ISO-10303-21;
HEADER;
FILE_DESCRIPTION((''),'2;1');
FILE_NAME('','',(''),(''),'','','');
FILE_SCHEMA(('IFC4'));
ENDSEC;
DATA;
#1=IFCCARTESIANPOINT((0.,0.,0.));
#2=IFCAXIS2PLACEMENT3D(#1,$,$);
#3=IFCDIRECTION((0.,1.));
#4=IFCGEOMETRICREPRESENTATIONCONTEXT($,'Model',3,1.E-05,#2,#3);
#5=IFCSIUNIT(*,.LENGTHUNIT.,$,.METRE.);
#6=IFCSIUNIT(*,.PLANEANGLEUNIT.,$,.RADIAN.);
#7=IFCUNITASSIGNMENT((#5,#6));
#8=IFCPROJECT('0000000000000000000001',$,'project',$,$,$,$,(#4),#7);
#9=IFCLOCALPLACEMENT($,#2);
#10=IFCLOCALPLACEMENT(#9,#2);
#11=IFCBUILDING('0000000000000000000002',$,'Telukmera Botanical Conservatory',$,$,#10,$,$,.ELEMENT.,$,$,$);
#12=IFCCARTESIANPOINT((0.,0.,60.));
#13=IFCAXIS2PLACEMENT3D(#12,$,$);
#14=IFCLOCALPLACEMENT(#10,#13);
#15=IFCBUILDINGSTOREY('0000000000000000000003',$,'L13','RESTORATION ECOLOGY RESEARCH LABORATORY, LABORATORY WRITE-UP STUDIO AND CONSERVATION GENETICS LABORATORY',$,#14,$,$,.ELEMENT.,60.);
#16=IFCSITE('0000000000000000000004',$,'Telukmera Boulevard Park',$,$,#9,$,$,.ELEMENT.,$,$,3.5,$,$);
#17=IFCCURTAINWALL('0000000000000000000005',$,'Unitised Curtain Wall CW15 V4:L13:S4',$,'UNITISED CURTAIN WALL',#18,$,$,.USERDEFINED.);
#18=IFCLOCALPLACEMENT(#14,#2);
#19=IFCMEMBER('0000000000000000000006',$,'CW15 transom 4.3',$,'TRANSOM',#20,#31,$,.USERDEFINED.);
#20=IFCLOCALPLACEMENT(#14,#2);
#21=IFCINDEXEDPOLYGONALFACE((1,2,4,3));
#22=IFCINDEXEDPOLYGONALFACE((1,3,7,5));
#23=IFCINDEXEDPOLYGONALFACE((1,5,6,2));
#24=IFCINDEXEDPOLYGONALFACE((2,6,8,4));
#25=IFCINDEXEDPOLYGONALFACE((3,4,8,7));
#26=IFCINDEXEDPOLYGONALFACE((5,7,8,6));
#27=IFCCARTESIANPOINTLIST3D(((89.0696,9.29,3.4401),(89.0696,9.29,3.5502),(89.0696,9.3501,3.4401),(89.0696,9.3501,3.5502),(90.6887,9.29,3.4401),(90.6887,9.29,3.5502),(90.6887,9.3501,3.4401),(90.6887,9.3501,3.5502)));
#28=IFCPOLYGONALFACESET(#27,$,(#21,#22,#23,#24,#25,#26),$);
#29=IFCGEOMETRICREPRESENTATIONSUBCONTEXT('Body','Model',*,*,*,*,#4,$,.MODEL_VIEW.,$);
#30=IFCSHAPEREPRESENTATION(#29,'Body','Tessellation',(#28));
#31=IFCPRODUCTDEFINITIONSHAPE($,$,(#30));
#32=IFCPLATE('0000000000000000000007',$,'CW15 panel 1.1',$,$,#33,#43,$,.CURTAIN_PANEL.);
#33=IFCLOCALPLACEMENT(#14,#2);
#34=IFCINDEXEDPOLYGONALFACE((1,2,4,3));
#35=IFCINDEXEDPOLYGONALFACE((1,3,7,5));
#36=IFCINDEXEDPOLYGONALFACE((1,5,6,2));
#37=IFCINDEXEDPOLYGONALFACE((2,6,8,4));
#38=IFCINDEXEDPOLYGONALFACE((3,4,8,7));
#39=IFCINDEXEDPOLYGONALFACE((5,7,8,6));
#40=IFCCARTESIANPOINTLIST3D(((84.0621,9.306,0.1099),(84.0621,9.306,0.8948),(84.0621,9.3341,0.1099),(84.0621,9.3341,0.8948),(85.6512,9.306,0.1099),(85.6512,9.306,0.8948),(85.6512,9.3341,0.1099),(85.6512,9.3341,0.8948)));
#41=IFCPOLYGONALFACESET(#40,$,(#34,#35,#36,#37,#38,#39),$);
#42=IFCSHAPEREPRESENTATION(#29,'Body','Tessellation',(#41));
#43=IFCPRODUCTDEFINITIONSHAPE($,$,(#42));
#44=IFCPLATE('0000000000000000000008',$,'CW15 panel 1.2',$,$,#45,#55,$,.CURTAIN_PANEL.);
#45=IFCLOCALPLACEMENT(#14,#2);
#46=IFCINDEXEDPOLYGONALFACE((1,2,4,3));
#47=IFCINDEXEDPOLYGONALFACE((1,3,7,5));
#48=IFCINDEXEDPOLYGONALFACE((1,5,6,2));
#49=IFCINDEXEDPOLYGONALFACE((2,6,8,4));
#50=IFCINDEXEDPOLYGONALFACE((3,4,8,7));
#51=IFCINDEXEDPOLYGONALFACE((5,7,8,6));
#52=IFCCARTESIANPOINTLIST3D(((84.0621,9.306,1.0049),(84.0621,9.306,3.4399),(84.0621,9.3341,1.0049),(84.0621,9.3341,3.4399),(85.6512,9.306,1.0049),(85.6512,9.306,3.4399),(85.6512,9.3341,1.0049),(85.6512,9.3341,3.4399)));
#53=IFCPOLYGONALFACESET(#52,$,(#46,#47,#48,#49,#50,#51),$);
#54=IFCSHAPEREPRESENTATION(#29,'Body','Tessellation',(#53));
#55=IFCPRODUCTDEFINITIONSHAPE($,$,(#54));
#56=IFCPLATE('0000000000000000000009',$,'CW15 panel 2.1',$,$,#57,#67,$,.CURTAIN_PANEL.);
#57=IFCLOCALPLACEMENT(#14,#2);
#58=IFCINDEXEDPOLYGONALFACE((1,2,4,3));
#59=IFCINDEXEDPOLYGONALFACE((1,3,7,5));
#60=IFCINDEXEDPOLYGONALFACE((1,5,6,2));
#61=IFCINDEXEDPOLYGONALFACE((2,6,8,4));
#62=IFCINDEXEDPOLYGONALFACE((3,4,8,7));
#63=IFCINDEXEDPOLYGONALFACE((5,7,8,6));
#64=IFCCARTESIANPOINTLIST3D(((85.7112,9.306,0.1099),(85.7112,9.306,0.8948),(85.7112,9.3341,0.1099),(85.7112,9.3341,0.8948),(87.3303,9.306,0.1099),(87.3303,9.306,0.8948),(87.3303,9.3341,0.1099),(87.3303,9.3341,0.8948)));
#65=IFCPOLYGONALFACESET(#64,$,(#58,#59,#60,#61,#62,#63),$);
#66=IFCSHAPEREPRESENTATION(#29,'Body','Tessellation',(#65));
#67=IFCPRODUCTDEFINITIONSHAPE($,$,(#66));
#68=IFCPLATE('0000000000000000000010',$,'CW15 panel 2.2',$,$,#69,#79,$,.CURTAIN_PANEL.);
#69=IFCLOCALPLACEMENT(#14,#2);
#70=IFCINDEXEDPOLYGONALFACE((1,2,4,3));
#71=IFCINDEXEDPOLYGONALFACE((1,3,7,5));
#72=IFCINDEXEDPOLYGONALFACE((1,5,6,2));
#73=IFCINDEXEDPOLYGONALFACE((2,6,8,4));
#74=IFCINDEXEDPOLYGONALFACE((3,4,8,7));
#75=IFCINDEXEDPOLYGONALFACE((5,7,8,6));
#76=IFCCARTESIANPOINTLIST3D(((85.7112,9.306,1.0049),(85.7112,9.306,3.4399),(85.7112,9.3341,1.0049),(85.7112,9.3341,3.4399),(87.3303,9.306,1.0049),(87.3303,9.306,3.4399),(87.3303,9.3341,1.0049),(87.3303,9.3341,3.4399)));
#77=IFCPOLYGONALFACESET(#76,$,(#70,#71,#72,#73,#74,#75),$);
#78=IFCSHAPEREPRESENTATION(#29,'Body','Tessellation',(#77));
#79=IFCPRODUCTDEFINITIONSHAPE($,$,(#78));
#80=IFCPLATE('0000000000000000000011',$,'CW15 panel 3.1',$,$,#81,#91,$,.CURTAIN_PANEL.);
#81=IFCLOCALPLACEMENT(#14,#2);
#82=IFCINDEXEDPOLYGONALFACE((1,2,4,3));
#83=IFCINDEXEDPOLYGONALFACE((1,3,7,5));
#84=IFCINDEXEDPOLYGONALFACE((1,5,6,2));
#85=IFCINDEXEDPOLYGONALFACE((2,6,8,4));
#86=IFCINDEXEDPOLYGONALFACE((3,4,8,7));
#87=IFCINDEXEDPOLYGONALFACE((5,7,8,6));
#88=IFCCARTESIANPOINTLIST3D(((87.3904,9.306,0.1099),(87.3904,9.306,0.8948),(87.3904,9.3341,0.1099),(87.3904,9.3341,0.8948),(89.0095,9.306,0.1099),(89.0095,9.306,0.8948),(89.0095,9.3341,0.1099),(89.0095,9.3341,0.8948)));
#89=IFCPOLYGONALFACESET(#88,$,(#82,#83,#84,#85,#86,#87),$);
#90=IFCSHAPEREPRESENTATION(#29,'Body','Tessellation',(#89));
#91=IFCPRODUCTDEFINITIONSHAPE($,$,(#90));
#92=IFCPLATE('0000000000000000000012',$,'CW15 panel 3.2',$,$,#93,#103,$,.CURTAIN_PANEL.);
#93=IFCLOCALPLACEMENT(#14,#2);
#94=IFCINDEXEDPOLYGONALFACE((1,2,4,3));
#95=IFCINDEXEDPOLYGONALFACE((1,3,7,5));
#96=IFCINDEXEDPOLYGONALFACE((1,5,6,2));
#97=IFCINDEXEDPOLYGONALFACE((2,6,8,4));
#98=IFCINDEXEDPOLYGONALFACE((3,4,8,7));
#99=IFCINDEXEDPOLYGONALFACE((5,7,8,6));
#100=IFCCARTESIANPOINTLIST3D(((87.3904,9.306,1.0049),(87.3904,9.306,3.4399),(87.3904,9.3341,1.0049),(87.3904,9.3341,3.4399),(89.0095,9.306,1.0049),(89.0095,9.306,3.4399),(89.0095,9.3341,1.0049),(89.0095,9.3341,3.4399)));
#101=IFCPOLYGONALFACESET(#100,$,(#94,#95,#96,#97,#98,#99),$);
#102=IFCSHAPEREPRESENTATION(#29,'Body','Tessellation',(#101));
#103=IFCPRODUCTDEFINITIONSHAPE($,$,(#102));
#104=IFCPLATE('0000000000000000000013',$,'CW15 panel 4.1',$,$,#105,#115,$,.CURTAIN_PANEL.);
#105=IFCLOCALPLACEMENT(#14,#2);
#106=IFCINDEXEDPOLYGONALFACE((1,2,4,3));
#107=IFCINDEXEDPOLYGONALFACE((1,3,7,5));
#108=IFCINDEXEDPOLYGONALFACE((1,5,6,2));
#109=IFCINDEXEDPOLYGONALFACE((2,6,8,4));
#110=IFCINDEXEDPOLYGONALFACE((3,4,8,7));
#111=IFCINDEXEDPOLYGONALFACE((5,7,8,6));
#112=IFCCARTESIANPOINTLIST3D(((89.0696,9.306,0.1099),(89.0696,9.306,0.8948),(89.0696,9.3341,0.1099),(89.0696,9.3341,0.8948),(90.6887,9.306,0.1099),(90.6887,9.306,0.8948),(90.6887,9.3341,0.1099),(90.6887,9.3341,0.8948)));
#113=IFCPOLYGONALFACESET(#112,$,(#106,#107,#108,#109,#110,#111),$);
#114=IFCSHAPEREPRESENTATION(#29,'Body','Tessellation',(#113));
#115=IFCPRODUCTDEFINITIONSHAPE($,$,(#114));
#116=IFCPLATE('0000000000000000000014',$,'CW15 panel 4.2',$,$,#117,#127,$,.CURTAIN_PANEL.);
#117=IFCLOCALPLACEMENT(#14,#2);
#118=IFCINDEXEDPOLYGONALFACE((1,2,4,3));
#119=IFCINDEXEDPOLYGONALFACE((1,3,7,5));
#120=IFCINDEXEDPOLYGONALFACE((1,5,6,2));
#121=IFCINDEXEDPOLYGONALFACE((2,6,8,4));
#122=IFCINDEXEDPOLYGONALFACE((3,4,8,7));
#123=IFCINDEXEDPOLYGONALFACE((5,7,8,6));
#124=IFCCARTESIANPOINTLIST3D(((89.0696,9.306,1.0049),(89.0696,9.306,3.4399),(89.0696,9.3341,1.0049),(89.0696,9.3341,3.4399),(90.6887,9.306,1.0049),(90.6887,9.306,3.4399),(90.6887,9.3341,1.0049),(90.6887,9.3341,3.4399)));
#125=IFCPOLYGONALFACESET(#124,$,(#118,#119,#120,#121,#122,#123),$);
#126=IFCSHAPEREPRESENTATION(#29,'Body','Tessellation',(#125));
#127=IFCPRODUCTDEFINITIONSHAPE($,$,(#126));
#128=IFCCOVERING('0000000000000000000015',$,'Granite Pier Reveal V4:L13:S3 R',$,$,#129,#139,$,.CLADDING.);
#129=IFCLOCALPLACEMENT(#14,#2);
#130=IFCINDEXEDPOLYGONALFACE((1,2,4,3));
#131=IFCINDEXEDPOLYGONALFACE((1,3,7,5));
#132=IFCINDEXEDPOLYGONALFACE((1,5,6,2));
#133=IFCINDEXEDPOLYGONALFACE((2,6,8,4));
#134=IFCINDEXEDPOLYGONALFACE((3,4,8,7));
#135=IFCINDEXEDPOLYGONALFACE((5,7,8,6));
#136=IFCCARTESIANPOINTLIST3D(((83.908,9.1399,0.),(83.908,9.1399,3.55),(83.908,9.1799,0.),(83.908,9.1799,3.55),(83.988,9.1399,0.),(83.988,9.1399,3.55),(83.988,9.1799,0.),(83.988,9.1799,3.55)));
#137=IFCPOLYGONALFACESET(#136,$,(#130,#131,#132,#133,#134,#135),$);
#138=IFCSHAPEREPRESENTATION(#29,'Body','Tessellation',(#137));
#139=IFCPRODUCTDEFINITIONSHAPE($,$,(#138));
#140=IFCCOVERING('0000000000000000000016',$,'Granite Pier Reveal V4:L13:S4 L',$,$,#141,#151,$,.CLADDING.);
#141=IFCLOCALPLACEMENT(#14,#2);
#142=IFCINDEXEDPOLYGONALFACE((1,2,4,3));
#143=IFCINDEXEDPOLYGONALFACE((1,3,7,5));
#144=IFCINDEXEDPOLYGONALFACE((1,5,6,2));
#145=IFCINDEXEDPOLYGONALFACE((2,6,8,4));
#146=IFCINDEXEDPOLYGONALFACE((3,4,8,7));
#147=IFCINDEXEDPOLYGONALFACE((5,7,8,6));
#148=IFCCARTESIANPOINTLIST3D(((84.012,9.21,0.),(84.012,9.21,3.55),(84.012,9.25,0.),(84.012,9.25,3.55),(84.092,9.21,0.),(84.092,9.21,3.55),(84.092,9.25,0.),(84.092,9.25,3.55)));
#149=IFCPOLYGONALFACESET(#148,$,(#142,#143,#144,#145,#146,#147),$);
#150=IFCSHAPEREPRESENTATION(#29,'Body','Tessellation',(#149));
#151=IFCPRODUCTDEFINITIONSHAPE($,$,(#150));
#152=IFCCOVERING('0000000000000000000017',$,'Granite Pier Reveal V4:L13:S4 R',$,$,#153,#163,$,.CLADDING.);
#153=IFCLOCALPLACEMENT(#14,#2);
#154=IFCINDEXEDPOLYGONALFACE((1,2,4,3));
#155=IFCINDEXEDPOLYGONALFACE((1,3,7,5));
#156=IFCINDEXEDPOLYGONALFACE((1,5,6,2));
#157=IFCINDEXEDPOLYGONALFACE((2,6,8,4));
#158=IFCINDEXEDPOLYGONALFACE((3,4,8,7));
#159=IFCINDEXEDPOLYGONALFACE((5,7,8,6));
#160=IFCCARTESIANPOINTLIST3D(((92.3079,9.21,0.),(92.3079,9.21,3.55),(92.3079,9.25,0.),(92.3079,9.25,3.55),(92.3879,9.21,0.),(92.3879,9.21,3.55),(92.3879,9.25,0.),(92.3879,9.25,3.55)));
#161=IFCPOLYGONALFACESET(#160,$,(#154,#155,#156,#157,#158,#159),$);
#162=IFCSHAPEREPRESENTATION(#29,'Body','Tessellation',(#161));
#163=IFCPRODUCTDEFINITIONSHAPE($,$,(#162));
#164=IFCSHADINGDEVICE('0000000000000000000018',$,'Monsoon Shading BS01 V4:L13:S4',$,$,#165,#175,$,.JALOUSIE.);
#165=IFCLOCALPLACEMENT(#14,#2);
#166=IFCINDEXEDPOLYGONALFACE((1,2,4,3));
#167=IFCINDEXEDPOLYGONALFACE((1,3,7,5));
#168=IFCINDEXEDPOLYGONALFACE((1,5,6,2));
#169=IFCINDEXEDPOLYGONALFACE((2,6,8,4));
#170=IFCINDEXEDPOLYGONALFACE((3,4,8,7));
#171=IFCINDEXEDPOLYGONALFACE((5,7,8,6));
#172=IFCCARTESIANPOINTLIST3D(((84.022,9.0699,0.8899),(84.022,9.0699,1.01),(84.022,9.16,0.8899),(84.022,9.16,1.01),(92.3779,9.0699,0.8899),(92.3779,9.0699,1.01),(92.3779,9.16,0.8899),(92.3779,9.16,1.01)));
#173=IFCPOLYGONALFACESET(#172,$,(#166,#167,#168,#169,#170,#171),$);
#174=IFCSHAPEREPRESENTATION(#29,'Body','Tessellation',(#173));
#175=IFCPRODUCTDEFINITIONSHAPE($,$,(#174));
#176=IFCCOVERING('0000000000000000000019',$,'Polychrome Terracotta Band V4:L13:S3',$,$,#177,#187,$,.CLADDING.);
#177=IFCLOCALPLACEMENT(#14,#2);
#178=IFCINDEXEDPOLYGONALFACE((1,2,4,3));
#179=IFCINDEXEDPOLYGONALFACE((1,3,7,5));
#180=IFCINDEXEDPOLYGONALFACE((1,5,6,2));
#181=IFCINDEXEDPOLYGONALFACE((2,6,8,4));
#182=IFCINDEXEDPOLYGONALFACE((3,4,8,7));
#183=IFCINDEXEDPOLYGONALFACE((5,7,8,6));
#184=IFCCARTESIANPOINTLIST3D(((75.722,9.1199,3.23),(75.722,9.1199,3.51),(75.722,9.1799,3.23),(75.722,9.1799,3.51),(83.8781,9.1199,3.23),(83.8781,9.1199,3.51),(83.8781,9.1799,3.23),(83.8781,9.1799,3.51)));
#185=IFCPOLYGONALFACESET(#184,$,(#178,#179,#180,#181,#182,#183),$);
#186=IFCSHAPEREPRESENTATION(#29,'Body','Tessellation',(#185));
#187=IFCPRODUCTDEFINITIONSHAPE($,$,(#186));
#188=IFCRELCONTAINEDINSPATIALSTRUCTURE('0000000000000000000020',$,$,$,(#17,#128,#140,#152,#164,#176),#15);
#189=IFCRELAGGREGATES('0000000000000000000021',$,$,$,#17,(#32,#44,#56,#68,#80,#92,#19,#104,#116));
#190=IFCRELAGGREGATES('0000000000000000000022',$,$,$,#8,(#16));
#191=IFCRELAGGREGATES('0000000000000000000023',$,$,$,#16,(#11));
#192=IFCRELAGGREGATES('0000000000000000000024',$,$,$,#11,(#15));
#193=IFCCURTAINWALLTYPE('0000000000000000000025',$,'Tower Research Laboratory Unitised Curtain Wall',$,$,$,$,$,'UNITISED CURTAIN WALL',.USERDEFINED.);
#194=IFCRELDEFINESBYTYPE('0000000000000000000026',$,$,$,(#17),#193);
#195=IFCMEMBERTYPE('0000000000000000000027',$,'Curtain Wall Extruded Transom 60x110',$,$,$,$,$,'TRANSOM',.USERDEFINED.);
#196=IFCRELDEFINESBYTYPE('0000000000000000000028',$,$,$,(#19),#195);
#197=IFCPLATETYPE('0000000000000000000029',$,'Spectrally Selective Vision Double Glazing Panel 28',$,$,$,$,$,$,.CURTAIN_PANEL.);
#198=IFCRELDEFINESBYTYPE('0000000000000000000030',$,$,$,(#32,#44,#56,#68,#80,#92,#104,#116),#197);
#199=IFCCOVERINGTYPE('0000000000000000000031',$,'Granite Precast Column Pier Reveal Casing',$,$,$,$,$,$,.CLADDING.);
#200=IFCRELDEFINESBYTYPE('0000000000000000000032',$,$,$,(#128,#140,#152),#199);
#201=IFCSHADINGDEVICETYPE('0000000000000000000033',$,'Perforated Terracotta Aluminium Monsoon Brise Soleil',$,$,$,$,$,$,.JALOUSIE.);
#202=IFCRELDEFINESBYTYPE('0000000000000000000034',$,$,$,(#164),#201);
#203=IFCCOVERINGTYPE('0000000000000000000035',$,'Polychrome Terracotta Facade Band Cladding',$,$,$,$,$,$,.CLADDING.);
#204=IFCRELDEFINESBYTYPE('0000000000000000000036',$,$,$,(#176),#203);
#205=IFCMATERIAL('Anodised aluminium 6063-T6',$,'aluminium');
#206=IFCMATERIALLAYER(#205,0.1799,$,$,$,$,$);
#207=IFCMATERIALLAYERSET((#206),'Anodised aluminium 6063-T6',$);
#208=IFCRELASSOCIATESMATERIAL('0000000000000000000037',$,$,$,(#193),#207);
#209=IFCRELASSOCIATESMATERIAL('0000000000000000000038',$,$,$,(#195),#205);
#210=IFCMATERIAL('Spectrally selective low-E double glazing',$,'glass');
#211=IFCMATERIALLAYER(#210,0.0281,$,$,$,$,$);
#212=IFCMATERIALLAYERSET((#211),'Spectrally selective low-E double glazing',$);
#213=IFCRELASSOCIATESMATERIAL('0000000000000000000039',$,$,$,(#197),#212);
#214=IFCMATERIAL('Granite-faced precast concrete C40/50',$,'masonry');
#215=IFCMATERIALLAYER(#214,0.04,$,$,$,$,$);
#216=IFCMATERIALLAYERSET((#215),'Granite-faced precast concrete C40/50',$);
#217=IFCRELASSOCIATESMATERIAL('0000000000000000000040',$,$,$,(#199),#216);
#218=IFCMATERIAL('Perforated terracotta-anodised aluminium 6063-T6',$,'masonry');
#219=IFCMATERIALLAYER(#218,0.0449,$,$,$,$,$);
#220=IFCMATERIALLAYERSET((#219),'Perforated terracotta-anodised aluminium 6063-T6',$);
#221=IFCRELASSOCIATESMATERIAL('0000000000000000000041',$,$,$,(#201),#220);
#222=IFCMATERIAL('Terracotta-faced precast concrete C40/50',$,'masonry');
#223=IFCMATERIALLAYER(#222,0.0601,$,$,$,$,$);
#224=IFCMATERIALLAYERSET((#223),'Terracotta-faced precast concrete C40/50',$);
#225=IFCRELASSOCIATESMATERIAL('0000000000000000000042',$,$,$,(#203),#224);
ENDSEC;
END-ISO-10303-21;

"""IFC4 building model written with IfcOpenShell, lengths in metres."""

from ifc_helpers import new_model, si_unit, direction, frame, origin, origin_2d, place, context, subcontext, project, spatial, rectangle, extrude, material, layer, layer_set, material_profile, profile_set, type_object, element, aggregate, save


model = new_model("IFC4")

# Units and contexts
model_context = context("Model", 3, precision=1e-05, world=origin(), true_north=direction((0.0, 1.0)))
body_context = subcontext(model_context, "Body", "Model", "MODEL_VIEW")
ifc_project = project(units=[si_unit("LENGTHUNIT", "METRE"), si_unit("PLANEANGLEUNIT", "RADIAN")], contexts=[model_context])

# Site, building, storey
site_placement = place(None, origin())
site = spatial("IfcSite", under=ifc_project, at=site_placement, Name="Telukmera Boulevard Park", CompositionType="ELEMENT", RefElevation=3.5)
building_placement = place(site_placement, origin())
building = spatial("IfcBuilding", under=site, at=building_placement, Name="Telukmera Botanical Conservatory", CompositionType="ELEMENT")
storey_placement = place(building_placement, frame((0.0, 0.0, 60.0)))
storey = spatial("IfcBuildingStorey", under=building, at=storey_placement, Name="L13", Description="RESTORATION ECOLOGY RESEARCH LABORATORY, LABORATORY WRITE-UP STUDIO AND CONSERVATION GENETICS LABORATORY", CompositionType="ELEMENT", Elevation=60.0)

# Curtain wall, member, plates
ifc_material_1 = material(Name="Anodised aluminium 6063-T6", Category="aluminium")
ifc_layer_1 = layer(ifc_material_1, 0.1799)
ifc_layer_set_1 = layer_set([ifc_layer_1], Name="Anodised aluminium 6063-T6")
curtain_wall_type = type_object("IfcCurtainWallType", Name="Tower Research Laboratory Unitised Curtain Wall", ElementType="UNITISED CURTAIN WALL", PredefinedType="USERDEFINED", material=ifc_layer_set_1)
curtain_wall_placement = place(storey_placement, origin())
curtain_wall = element("IfcCurtainWall", 1, at=curtain_wall_placement, inside=storey, type_object=curtain_wall_type, Name="Unitised Curtain Wall CW15 V4:L13:S4", ObjectType="UNITISED CURTAIN WALL", PredefinedType="USERDEFINED")
ifc_material_profile_1 = material_profile(ifc_material_1, rectangle(XDim=0.0601, YDim=0.1101, at=origin_2d()), Name="ALU TRAN 60x110")
ifc_profile_set_1 = profile_set([ifc_material_profile_1], Name="Anodised aluminium 6063-T6")
member_type_1 = type_object("IfcMemberType", Name="Curtain Wall Extruded Transom 60x110", ElementType="TRANSOM", PredefinedType="USERDEFINED", material=ifc_profile_set_1)
member_1_placement = place(storey_placement, frame((89.0696, 9.3201, 3.4951), z_axis=(1.0, 0.0, 0.0), x_axis=(0.0, 1.0, 0.0)))
member_1 = element("IfcMember", 2, at=member_1_placement, type_object=member_type_1, Name="CW15 transom 4.3", ObjectType="TRANSOM", PredefinedType="USERDEFINED", context=body_context, shape_type="SweptSolid", body=[
    extrude(rectangle(XDim=0.0601, YDim=0.1101, at=origin_2d()), origin(), (0.0, 0.0, 1.0), 1.6191),
])
ifc_material_2 = material(Name="Spectrally selective low-E double glazing", Category="glass")
ifc_layer_2 = layer(ifc_material_2, 0.0281)
ifc_layer_set_2 = layer_set([ifc_layer_2], Name="Spectrally selective low-E double glazing")
plate_type = type_object("IfcPlateType", Name="Spectrally Selective Vision Double Glazing Panel 28", PredefinedType="CURTAIN_PANEL", material=ifc_layer_set_2)
plate_1_placement = place(storey_placement, frame((84.8567, 9.3201, 0.1099), z_axis=(0.0, 0.0, 1.0), x_axis=(1.0, 0.0, 0.0)))
plate_1 = element("IfcPlate", 3, at=plate_1_placement, type_object=plate_type, Name="CW15 panel 1.1", PredefinedType="CURTAIN_PANEL", context=body_context, shape_type="SweptSolid", body=[
    extrude(rectangle(XDim=1.5891, YDim=0.0281, at=origin_2d()), origin(), (0.0, 0.0, 1.0), 0.7849),
])
plate_2_placement = place(storey_placement, frame((84.8567, 9.3201, 1.0049), z_axis=(0.0, 0.0, 1.0), x_axis=(1.0, 0.0, 0.0)))
plate_2 = element("IfcPlate", 4, at=plate_2_placement, type_object=plate_type, Name="CW15 panel 1.2", PredefinedType="CURTAIN_PANEL", context=body_context, shape_type="SweptSolid", body=[
    extrude(rectangle(XDim=1.5891, YDim=0.0281, at=origin_2d()), origin(), (0.0, 0.0, 1.0), 2.4351),
])
plate_3_placement = place(storey_placement, frame((86.5208, 9.3201, 0.1099), z_axis=(0.0, 0.0, 1.0), x_axis=(1.0, 0.0, 0.0)))
plate_3 = element("IfcPlate", 5, at=plate_3_placement, type_object=plate_type, Name="CW15 panel 2.1", PredefinedType="CURTAIN_PANEL", context=body_context, shape_type="SweptSolid", body=[
    extrude(rectangle(XDim=1.6191, YDim=0.0281, at=origin_2d()), origin(), (0.0, 0.0, 1.0), 0.7849),
])
plate_4_placement = place(storey_placement, frame((86.5208, 9.3201, 1.0049), z_axis=(0.0, 0.0, 1.0), x_axis=(1.0, 0.0, 0.0)))
plate_4 = element("IfcPlate", 6, at=plate_4_placement, type_object=plate_type, Name="CW15 panel 2.2", PredefinedType="CURTAIN_PANEL", context=body_context, shape_type="SweptSolid", body=[
    extrude(rectangle(XDim=1.6191, YDim=0.0281, at=origin_2d()), origin(), (0.0, 0.0, 1.0), 2.4351),
])
plate_5_placement = place(storey_placement, frame((88.2, 9.3201, 0.1099), z_axis=(0.0, 0.0, 1.0), x_axis=(1.0, 0.0, 0.0)))
plate_5 = element("IfcPlate", 7, at=plate_5_placement, type_object=plate_type, Name="CW15 panel 3.1", PredefinedType="CURTAIN_PANEL", context=body_context, shape_type="SweptSolid", body=[
    extrude(rectangle(XDim=1.6191, YDim=0.0281, at=origin_2d()), origin(), (0.0, 0.0, 1.0), 0.7849),
])
plate_6_placement = place(storey_placement, frame((88.2, 9.3201, 1.0049), z_axis=(0.0, 0.0, 1.0), x_axis=(1.0, 0.0, 0.0)))
plate_6 = element("IfcPlate", 8, at=plate_6_placement, type_object=plate_type, Name="CW15 panel 3.2", PredefinedType="CURTAIN_PANEL", context=body_context, shape_type="SweptSolid", body=[
    extrude(rectangle(XDim=1.6191, YDim=0.0281, at=origin_2d()), origin(), (0.0, 0.0, 1.0), 2.4351),
])
plate_7_placement = place(storey_placement, frame((89.8792, 9.3201, 0.1099), z_axis=(0.0, 0.0, 1.0), x_axis=(1.0, 0.0, 0.0)))
plate_7 = element("IfcPlate", 9, at=plate_7_placement, type_object=plate_type, Name="CW15 panel 4.1", PredefinedType="CURTAIN_PANEL", context=body_context, shape_type="SweptSolid", body=[
    extrude(rectangle(XDim=1.6191, YDim=0.0281, at=origin_2d()), origin(), (0.0, 0.0, 1.0), 0.7849),
])
plate_8_placement = place(storey_placement, frame((89.8792, 9.3201, 1.0049), z_axis=(0.0, 0.0, 1.0), x_axis=(1.0, 0.0, 0.0)))
plate_8 = element("IfcPlate", 10, at=plate_8_placement, type_object=plate_type, Name="CW15 panel 4.2", PredefinedType="CURTAIN_PANEL", context=body_context, shape_type="SweptSolid", body=[
    extrude(rectangle(XDim=1.6191, YDim=0.0281, at=origin_2d()), origin(), (0.0, 0.0, 1.0), 2.4351),
])
aggregate(curtain_wall, [plate_1, plate_2, plate_3, plate_4, plate_5, plate_6, member_1, plate_7, plate_8])

# Coverings
ifc_material_3 = material(Name="Granite-faced precast concrete C40/50", Category="masonry")
ifc_layer_3 = layer(ifc_material_3, 0.04)
ifc_layer_set_3 = layer_set([ifc_layer_3], Name="Granite-faced precast concrete C40/50")
covering_type_1 = type_object("IfcCoveringType", Name="Granite Precast Column Pier Reveal Casing", PredefinedType="CLADDING", material=ifc_layer_set_3)
for number, where, z_axis, x_axis, name in (
    (11, (83.948, 9.1599, 0.0), (0.0, 0.0, 1.0), (1.0, 0.0, 0.0), "Granite Pier Reveal V4:L13:S3 R"),
    (12, (84.052, 9.23, 0.0), (0.0, 0.0, 1.0), (1.0, 0.0, 0.0), "Granite Pier Reveal V4:L13:S4 L"),
    (13, (92.3479, 9.23, 0.0), (0.0, 0.0, 1.0), (1.0, 0.0, 0.0), "Granite Pier Reveal V4:L13:S4 R"),
):
    element("IfcCovering", number, at=place(storey_placement, frame(where, z_axis=z_axis, x_axis=x_axis)), inside=storey, type_object=covering_type_1, Name=name, PredefinedType="CLADDING", context=body_context, shape_type="SweptSolid", body=[
        extrude(rectangle(XDim=0.0801, YDim=0.04, at=origin_2d()), origin(), (0.0, 0.0, 1.0), 3.55),
    ])

# Shading device
ifc_material_4 = material(Name="Perforated terracotta-anodised aluminium 6063-T6", Category="masonry")
ifc_layer_4 = layer(ifc_material_4, 0.0449)
ifc_layer_set_4 = layer_set([ifc_layer_4], Name="Perforated terracotta-anodised aluminium 6063-T6")
shading_device_type = type_object("IfcShadingDeviceType", Name="Perforated Terracotta Aluminium Monsoon Brise Soleil", PredefinedType="JALOUSIE", material=ifc_layer_set_4)
shading_device_placement = place(storey_placement, frame((88.2, 9.115, 0.8899), z_axis=(0.0, 0.0, 1.0), x_axis=(1.0, 0.0, 0.0)))
element("IfcShadingDevice", 14, at=shading_device_placement, inside=storey, type_object=shading_device_type, Name="Monsoon Shading BS01 V4:L13:S4", PredefinedType="JALOUSIE", context=body_context, shape_type="SweptSolid", body=[
    extrude(rectangle(XDim=8.356, YDim=0.0901, at=origin_2d()), origin(), (0.0, 0.0, 1.0), 0.1201),
])

# Covering
ifc_material_5 = material(Name="Terracotta-faced precast concrete C40/50", Category="masonry")
ifc_layer_5 = layer(ifc_material_5, 0.0601)
ifc_layer_set_5 = layer_set([ifc_layer_5], Name="Terracotta-faced precast concrete C40/50")
covering_type_2 = type_object("IfcCoveringType", Name="Polychrome Terracotta Facade Band Cladding", PredefinedType="CLADDING", material=ifc_layer_set_5)
covering_placement = place(storey_placement, frame((79.8, 9.1499, 3.23), z_axis=(0.0, 0.0, 1.0), x_axis=(1.0, 0.0, 0.0)))
element("IfcCovering", 15, at=covering_placement, inside=storey, type_object=covering_type_2, Name="Polychrome Terracotta Band V4:L13:S3", PredefinedType="CLADDING", context=body_context, shape_type="SweptSolid", body=[
    extrude(rectangle(XDim=8.156, YDim=0.0601, at=origin_2d()), origin(), (0.0, 0.0, 1.0), 0.28),
])

save(model, "model.ifc")
